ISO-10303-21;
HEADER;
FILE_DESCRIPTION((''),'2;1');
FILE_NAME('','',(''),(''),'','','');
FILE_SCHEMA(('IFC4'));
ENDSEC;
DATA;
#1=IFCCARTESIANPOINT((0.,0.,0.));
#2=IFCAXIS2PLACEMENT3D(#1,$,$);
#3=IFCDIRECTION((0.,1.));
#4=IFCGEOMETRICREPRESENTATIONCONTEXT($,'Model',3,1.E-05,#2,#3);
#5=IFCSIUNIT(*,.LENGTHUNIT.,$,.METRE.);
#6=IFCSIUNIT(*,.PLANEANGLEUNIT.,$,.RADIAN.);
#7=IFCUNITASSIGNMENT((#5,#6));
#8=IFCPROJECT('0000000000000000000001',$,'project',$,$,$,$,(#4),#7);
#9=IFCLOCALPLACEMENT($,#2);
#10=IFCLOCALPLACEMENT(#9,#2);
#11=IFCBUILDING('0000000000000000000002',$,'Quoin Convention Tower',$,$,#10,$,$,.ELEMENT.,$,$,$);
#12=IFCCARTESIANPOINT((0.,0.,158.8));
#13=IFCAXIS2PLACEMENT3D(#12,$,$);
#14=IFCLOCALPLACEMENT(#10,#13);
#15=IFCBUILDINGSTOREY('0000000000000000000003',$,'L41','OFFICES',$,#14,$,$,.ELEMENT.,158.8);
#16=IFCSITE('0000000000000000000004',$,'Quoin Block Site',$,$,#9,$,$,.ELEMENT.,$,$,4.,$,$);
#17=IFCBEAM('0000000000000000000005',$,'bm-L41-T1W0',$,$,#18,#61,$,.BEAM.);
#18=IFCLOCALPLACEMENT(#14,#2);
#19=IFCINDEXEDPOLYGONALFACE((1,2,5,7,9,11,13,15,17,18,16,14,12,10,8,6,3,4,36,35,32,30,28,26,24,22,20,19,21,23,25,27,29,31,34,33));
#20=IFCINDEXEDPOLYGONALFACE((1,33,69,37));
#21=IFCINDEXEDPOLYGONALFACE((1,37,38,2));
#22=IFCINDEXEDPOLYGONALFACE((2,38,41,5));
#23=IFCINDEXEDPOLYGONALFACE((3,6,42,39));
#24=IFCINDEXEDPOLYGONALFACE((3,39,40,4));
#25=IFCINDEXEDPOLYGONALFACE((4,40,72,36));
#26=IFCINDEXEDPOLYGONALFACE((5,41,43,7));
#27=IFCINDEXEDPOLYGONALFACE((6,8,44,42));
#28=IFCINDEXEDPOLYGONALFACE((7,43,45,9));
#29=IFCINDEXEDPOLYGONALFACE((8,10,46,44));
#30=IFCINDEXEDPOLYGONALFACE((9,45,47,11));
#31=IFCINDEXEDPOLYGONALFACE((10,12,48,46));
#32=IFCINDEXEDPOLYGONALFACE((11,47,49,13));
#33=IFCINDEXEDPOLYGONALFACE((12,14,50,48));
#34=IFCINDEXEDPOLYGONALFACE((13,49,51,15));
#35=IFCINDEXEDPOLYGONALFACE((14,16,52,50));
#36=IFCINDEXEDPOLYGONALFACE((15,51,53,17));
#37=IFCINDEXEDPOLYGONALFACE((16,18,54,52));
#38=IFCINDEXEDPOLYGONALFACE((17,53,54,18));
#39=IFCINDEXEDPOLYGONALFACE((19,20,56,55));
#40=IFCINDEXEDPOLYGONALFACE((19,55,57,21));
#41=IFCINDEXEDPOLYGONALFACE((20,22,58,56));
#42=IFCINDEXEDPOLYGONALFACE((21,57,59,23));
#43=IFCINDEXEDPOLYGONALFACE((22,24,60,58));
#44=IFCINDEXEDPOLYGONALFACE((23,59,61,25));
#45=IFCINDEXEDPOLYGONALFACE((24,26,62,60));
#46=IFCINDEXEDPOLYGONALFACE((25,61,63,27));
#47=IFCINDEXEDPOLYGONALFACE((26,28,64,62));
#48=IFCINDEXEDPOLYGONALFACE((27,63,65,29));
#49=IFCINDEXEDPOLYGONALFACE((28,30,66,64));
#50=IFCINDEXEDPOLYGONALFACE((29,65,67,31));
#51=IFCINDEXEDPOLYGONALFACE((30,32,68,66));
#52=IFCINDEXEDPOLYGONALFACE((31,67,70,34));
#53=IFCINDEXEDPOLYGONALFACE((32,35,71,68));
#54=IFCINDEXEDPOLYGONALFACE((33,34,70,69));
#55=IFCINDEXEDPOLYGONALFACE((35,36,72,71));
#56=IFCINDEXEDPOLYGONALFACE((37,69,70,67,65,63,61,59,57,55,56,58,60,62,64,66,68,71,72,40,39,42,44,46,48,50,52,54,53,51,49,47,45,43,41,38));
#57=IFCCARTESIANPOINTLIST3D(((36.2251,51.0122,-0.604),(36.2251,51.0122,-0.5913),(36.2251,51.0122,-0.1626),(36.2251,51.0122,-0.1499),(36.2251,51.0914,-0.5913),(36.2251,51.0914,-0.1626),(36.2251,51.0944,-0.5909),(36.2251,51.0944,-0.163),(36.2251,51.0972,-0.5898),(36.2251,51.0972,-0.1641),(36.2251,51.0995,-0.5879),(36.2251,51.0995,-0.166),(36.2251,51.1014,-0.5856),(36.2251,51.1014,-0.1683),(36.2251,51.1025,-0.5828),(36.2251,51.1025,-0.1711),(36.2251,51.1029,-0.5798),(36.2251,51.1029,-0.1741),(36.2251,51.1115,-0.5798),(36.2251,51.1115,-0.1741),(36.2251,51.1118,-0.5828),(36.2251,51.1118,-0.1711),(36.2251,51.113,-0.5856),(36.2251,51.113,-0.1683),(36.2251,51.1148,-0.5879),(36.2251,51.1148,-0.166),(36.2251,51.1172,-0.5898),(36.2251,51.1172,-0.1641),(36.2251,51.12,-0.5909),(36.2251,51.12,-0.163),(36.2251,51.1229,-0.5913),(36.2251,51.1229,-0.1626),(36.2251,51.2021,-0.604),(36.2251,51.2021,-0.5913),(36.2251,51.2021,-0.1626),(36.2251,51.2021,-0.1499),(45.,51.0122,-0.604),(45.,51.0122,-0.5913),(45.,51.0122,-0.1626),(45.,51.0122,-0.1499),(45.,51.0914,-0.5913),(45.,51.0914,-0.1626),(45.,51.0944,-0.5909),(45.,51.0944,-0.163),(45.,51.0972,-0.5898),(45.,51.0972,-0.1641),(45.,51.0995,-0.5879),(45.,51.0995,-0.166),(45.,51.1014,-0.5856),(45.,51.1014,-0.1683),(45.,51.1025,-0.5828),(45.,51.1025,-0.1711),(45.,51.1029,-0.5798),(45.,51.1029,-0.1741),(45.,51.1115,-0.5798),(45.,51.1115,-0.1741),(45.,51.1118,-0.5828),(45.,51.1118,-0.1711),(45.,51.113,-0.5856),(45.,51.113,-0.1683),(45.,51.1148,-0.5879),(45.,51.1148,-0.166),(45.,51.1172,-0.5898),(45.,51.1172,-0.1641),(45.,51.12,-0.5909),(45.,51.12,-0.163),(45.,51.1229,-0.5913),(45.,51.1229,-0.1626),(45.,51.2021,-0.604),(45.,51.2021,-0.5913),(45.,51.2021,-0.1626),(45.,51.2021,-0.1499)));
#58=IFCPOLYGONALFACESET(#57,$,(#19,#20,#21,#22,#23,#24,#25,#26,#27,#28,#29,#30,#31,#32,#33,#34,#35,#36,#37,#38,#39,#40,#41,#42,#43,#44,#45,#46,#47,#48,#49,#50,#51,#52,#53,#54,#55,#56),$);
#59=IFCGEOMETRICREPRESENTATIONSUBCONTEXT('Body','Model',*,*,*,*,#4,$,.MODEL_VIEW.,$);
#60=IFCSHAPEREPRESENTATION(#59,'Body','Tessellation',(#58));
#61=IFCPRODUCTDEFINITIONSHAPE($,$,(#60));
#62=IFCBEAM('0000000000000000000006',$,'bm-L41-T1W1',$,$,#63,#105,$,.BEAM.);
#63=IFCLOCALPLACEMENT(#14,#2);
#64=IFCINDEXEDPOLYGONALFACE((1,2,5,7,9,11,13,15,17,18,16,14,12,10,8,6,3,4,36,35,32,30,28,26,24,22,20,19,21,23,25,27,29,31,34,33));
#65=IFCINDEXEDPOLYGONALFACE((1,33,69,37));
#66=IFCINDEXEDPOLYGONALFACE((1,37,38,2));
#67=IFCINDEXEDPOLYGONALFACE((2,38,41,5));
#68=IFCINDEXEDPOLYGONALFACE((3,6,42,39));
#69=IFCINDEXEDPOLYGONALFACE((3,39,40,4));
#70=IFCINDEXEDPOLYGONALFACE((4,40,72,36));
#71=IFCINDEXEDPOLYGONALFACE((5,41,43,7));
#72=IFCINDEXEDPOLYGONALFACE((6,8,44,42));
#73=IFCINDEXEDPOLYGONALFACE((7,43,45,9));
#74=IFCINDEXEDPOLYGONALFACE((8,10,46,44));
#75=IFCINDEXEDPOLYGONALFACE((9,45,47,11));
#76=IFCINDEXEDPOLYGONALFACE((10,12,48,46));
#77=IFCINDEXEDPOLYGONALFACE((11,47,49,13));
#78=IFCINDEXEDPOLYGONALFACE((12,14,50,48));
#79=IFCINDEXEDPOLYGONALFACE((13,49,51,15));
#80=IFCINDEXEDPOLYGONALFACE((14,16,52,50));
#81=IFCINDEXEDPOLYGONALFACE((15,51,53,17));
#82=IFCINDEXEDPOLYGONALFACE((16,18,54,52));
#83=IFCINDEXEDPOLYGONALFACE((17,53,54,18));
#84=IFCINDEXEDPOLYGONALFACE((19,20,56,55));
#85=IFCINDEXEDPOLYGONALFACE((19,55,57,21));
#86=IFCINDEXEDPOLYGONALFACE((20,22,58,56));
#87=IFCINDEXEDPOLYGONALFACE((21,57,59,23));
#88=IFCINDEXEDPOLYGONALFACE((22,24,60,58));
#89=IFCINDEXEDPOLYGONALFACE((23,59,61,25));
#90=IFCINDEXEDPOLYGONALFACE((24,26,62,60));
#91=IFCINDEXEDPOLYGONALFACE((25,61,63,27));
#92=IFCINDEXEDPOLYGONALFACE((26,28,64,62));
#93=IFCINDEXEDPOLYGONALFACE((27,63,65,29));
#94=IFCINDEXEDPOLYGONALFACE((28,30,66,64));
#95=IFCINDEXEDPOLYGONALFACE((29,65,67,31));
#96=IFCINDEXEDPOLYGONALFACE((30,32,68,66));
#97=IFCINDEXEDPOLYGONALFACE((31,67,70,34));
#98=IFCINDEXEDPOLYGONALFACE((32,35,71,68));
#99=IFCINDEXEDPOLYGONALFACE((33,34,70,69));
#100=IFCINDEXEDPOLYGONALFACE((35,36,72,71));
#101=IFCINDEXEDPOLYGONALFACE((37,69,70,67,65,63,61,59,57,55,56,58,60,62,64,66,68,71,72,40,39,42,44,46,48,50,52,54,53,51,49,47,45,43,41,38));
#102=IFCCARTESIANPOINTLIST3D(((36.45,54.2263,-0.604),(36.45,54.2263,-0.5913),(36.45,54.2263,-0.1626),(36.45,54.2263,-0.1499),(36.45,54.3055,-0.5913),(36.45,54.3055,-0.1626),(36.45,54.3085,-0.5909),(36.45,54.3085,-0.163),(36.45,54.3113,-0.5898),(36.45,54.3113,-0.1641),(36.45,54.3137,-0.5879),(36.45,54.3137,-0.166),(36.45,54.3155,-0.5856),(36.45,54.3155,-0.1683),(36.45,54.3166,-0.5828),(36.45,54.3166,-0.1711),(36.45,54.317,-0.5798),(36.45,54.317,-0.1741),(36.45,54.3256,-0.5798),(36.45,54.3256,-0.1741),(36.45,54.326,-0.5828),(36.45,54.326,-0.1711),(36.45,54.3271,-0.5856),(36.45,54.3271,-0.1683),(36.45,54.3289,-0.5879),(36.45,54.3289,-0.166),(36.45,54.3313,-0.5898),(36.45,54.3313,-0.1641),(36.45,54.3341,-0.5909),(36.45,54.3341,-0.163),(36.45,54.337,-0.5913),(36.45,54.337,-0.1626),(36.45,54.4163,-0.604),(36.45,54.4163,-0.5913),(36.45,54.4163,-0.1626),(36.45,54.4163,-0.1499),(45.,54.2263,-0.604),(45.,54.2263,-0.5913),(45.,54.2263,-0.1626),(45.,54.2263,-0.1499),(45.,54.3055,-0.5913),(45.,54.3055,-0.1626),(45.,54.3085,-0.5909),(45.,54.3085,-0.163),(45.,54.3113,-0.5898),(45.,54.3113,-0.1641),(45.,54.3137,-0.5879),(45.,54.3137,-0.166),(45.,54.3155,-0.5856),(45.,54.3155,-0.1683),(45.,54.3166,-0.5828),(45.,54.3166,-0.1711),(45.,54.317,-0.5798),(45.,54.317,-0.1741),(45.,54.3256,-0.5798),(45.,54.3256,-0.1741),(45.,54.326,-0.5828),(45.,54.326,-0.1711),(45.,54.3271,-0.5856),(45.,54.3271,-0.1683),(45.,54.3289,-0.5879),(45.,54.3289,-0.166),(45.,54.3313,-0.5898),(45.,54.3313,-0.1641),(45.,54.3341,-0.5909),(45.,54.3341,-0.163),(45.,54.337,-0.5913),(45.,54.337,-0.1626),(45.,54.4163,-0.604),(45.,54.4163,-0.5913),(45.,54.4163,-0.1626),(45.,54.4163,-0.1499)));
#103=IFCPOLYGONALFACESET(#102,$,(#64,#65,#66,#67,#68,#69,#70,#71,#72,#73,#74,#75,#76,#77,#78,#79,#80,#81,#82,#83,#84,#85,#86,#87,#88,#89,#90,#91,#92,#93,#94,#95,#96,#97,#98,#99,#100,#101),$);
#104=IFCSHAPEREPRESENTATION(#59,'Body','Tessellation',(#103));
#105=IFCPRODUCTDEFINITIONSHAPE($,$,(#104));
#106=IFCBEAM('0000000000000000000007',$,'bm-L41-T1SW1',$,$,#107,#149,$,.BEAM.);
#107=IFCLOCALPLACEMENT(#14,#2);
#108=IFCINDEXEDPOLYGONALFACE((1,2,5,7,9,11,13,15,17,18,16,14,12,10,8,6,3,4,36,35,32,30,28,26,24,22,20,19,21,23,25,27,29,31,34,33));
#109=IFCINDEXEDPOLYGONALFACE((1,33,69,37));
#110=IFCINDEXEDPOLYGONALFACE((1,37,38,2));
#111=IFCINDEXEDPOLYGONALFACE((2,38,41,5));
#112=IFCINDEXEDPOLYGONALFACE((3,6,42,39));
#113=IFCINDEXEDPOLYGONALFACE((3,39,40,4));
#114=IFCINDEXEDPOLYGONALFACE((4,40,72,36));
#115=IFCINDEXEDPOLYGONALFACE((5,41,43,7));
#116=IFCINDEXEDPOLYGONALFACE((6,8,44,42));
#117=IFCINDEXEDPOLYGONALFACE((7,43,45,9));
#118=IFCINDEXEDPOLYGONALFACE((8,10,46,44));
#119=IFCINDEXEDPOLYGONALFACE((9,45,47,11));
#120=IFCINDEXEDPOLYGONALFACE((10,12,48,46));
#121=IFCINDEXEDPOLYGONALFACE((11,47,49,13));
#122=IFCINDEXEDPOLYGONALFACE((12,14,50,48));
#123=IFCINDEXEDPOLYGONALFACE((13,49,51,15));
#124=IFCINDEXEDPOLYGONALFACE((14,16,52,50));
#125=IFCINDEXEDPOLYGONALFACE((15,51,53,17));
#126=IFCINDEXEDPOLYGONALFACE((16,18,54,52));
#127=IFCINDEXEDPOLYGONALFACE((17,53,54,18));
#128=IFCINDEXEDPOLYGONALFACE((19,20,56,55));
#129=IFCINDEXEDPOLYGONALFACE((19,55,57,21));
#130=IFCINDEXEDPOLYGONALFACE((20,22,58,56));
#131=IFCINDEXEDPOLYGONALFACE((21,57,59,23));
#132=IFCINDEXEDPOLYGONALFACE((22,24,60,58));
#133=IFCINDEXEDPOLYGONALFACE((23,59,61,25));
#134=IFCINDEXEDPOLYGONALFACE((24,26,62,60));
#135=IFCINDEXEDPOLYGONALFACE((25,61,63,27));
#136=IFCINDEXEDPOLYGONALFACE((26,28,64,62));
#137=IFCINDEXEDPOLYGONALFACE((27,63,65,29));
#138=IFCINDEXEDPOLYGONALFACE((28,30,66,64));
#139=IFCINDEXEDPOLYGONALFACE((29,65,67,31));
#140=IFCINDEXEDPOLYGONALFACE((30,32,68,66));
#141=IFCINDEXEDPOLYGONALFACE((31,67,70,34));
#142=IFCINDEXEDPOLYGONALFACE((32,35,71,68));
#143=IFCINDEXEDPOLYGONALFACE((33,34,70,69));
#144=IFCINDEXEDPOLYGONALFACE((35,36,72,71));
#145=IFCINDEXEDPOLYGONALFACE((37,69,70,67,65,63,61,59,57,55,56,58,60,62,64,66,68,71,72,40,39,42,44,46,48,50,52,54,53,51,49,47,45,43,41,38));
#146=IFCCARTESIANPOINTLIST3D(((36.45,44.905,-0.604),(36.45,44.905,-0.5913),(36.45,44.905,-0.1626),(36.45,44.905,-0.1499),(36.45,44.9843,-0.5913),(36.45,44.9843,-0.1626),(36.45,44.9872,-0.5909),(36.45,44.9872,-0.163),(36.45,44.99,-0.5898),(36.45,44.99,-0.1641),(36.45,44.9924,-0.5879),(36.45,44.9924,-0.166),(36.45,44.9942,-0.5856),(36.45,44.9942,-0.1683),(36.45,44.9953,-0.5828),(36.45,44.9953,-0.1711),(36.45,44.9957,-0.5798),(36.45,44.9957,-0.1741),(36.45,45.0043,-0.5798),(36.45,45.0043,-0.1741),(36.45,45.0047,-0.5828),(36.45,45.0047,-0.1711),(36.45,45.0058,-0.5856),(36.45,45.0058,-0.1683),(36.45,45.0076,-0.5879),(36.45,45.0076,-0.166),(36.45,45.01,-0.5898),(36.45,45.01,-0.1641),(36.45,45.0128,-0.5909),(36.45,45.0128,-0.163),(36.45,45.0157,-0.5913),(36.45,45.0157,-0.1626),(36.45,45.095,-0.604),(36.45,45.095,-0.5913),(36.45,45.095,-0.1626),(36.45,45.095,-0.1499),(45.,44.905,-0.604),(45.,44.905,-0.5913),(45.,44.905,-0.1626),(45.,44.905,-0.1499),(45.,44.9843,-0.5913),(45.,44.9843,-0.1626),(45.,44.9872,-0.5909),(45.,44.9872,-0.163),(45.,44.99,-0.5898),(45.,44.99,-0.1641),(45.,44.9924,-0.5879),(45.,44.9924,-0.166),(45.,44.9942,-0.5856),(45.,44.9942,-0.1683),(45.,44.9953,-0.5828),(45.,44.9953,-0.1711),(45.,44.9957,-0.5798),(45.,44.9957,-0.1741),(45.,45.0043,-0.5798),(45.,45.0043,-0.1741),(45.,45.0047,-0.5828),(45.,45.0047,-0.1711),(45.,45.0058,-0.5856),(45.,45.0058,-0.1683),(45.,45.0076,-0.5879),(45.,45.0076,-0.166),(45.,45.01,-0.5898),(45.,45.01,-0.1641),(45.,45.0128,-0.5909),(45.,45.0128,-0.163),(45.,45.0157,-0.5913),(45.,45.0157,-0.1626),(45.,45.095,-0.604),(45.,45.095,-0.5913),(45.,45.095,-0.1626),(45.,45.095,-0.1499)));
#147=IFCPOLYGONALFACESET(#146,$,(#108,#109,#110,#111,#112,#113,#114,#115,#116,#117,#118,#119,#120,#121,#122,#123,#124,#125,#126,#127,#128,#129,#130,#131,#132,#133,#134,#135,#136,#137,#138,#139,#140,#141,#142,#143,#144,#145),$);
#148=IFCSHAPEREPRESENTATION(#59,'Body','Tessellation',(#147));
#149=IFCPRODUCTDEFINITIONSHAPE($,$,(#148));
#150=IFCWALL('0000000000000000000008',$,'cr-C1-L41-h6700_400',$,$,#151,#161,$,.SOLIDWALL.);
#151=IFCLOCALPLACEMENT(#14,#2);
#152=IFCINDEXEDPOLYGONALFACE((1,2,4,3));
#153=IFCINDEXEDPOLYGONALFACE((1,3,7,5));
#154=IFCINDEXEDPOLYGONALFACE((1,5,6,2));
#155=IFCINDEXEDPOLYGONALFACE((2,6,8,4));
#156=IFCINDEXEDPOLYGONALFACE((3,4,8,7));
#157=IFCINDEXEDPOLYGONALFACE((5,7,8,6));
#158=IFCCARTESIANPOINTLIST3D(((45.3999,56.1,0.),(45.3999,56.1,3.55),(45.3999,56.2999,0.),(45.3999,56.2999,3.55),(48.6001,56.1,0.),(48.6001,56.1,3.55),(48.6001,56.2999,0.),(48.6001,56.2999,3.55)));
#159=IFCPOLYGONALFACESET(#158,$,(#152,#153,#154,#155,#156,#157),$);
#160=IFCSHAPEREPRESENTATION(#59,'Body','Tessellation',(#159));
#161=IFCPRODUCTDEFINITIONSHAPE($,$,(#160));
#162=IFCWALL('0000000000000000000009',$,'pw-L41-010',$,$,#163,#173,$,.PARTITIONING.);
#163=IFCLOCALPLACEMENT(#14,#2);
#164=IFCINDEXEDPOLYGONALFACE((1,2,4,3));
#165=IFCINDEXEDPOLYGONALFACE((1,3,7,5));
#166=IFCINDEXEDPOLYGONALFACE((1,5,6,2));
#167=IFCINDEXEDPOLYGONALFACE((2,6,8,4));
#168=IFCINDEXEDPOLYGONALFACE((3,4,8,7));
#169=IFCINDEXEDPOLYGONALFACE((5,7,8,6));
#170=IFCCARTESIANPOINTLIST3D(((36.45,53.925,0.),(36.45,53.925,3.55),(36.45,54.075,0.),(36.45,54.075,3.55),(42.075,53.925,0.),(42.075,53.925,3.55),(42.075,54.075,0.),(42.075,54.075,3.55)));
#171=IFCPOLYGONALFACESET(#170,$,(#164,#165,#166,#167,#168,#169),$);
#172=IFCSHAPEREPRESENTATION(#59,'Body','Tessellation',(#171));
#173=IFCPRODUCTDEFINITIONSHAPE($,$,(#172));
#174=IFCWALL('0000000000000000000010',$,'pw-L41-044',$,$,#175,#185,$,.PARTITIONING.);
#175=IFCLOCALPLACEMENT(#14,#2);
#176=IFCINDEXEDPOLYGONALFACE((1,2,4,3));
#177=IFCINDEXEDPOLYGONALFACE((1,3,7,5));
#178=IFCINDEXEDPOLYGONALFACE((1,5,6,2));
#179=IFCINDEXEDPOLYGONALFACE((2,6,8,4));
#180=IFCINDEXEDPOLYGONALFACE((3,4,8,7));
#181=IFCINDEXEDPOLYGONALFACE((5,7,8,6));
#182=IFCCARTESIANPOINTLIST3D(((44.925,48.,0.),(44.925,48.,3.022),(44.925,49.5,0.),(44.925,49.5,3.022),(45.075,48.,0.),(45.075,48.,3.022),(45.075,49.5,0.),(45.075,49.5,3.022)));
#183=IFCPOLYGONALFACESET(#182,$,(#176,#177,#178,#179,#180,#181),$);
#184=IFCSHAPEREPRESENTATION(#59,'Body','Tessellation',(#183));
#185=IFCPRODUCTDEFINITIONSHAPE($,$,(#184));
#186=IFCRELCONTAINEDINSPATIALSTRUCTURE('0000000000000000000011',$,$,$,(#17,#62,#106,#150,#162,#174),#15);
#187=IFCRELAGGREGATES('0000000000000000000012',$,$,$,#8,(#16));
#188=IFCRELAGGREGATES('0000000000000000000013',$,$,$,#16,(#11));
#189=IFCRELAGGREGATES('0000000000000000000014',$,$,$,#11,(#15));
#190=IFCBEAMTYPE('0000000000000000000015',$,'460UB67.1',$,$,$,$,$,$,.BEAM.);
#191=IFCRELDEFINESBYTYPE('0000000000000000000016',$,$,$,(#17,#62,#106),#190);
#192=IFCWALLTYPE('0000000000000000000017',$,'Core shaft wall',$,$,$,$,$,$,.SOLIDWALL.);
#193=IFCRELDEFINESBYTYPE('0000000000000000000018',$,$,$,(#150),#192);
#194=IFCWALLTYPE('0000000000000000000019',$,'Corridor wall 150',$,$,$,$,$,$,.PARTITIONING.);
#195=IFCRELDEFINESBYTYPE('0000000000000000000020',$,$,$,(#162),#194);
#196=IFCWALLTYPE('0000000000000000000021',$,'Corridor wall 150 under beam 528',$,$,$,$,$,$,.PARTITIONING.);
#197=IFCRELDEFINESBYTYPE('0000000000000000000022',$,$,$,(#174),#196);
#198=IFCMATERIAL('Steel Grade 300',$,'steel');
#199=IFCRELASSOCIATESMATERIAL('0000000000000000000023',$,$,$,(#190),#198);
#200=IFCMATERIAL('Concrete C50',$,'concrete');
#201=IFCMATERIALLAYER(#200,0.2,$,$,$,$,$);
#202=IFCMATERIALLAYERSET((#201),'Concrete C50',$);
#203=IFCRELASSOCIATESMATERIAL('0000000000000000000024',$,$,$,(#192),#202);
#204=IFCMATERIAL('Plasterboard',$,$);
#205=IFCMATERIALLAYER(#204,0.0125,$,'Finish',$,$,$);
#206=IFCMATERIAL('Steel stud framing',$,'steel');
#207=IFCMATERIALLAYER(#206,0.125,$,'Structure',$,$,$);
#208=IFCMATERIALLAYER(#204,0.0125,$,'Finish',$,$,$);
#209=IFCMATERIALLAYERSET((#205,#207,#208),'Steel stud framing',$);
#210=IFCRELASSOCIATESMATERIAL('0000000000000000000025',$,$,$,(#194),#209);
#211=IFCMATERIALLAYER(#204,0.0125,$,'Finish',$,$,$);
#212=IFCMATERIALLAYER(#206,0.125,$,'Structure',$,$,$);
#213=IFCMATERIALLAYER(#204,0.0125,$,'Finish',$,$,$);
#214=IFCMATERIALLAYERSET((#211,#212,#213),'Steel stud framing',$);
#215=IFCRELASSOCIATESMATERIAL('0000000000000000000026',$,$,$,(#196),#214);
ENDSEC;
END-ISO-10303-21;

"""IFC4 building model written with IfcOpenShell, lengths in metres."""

from ifc_helpers import new_model, si_unit, direction, frame, frame_2d, origin, origin_2d, place, context, subcontext, project, spatial, rectangle, i_section, extrude, material, layer, layer_set, material_profile, profile_set, type_object, element, save


model = new_model("IFC4")

# Units and contexts
model_context = context("Model", 3, precision=1e-05, world=origin(), true_north=direction((0.0, 1.0)))
body_context = subcontext(model_context, "Body", "Model", "MODEL_VIEW")
ifc_project = project(units=[si_unit("LENGTHUNIT", "METRE"), si_unit("PLANEANGLEUNIT", "RADIAN")], contexts=[model_context])

# Site, building, storey
site_placement = place(None, origin())
site = spatial("IfcSite", under=ifc_project, at=site_placement, Name="Quoin Block Site", CompositionType="ELEMENT", RefElevation=4.0)
building_placement = place(site_placement, origin())
building = spatial("IfcBuilding", under=site, at=building_placement, Name="Quoin Convention Tower", CompositionType="ELEMENT")
storey_placement = place(building_placement, frame((0.0, 0.0, 158.8)))
storey = spatial("IfcBuildingStorey", under=building, at=storey_placement, Name="L41", Description="OFFICES", CompositionType="ELEMENT", Elevation=158.8)

# Beams
ifc_material_1 = material(Name="Steel Grade 300", Category="steel")
ifc_material_profile = material_profile(ifc_material_1, i_section(OverallWidth=0.1899, OverallDepth=0.4541, WebThickness=0.0085, FlangeThickness=0.0127, FilletRadius=0.0115, at=origin_2d()), Name="460UB67.1")
ifc_profile_set = profile_set([ifc_material_profile], Name="Steel Grade 300")
beam_type = type_object("IfcBeamType", Name="460UB67.1", PredefinedType="BEAM", material=ifc_profile_set)
beam_placement = place(storey_placement, frame((36.2251, 51.1072, -0.377), z_axis=(1.0, 0.0, 0.0), x_axis=(0.0, 1.0, 0.0)))
element("IfcBeam", 1, at=beam_placement, inside=storey, type_object=beam_type, Name="bm-L41-T1W0", PredefinedType="BEAM", context=body_context, shape_type="SweptSolid", body=[
    extrude(i_section(OverallWidth=0.1899, OverallDepth=0.4541, WebThickness=0.0085, FlangeThickness=0.0127, FilletRadius=0.0115, at=origin_2d()), origin(), (0.0, 0.0, 1.0), 8.7749),
])
for number, where, z_axis, x_axis, name in (
    (2, (36.45, 54.3213, -0.377), (1.0, 0.0, 0.0), (0.0, 1.0, 0.0), "bm-L41-T1W1"),
    (3, (36.45, 45.0, -0.377), (1.0, 0.0, 0.0), (0.0, 1.0, 0.0), "bm-L41-T1SW1"),
):
    element("IfcBeam", number, at=place(storey_placement, frame(where, z_axis=z_axis, x_axis=x_axis)), inside=storey, type_object=beam_type, Name=name, PredefinedType="BEAM", context=body_context, shape_type="SweptSolid", body=[
        extrude(i_section(OverallWidth=0.1899, OverallDepth=0.4541, WebThickness=0.0085, FlangeThickness=0.0127, FilletRadius=0.0115, at=origin_2d()), origin(), (0.0, 0.0, 1.0), 8.55),
    ])

# Shared definitions
ifc_material_2 = material(Name="Plasterboard")
ifc_material_3 = material(Name="Steel stud framing", Category="steel")

# Walls
ifc_material_4 = material(Name="Concrete C50", Category="concrete")
ifc_layer_1 = layer(ifc_material_4, 0.2)
ifc_layer_set_1 = layer_set([ifc_layer_1], Name="Concrete C50")
wall_type_1 = type_object("IfcWallType", Name="Core shaft wall", PredefinedType="SOLIDWALL", material=ifc_layer_set_1)
wall_1_placement = place(storey_placement, frame((45.3999, 56.2, 0.0), z_axis=(0.0, 0.0, 1.0), x_axis=(1.0, 0.0, 0.0)))
element("IfcWall", 4, at=wall_1_placement, inside=storey, type_object=wall_type_1, Name="cr-C1-L41-h6700_400", PredefinedType="SOLIDWALL", context=body_context, shape_type="SweptSolid", body=[
    extrude(rectangle(XDim=3.2002, YDim=0.2, at=frame_2d((1.6001, 0.0))), origin(), (0.0, 0.0, 1.0), 3.55),
])
ifc_layer_2 = layer(ifc_material_2, 0.0125, Name="Finish")
ifc_layer_3 = layer(ifc_material_3, 0.125, Name="Structure")
ifc_layer_4 = layer(ifc_material_2, 0.0125, Name="Finish")
ifc_layer_set_2 = layer_set([ifc_layer_2, ifc_layer_3, ifc_layer_4], Name="Steel stud framing")
wall_type_2 = type_object("IfcWallType", Name="Corridor wall 150", PredefinedType="PARTITIONING", material=ifc_layer_set_2)
wall_2_placement = place(storey_placement, frame((36.45, 54.0, 0.0), z_axis=(0.0, 0.0, 1.0), x_axis=(1.0, 0.0, 0.0)))
element("IfcWall", 5, at=wall_2_placement, inside=storey, type_object=wall_type_2, Name="pw-L41-010", PredefinedType="PARTITIONING", context=body_context, shape_type="SweptSolid", body=[
    extrude(rectangle(XDim=5.625, YDim=0.1499, at=frame_2d((2.8125, 0.0))), origin(), (0.0, 0.0, 1.0), 3.55),
])
ifc_layer_5 = layer(ifc_material_2, 0.0125, Name="Finish")
ifc_layer_6 = layer(ifc_material_3, 0.125, Name="Structure")
ifc_layer_7 = layer(ifc_material_2, 0.0125, Name="Finish")
ifc_layer_set_3 = layer_set([ifc_layer_5, ifc_layer_6, ifc_layer_7], Name="Steel stud framing")
wall_type_3 = type_object("IfcWallType", Name="Corridor wall 150 under beam 528", PredefinedType="PARTITIONING", material=ifc_layer_set_3)
wall_3_placement = place(storey_placement, frame((45.0, 48.0, 0.0), z_axis=(0.0, 0.0, 1.0), x_axis=(0.0, 1.0, 0.0)))
element("IfcWall", 6, at=wall_3_placement, inside=storey, type_object=wall_type_3, Name="pw-L41-044", PredefinedType="PARTITIONING", context=body_context, shape_type="SweptSolid", body=[
    extrude(rectangle(XDim=1.5, YDim=0.1499, at=frame_2d((0.75, 0.0))), origin(), (0.0, 0.0, 1.0), 3.022),
])

save(model, "model.ifc")
